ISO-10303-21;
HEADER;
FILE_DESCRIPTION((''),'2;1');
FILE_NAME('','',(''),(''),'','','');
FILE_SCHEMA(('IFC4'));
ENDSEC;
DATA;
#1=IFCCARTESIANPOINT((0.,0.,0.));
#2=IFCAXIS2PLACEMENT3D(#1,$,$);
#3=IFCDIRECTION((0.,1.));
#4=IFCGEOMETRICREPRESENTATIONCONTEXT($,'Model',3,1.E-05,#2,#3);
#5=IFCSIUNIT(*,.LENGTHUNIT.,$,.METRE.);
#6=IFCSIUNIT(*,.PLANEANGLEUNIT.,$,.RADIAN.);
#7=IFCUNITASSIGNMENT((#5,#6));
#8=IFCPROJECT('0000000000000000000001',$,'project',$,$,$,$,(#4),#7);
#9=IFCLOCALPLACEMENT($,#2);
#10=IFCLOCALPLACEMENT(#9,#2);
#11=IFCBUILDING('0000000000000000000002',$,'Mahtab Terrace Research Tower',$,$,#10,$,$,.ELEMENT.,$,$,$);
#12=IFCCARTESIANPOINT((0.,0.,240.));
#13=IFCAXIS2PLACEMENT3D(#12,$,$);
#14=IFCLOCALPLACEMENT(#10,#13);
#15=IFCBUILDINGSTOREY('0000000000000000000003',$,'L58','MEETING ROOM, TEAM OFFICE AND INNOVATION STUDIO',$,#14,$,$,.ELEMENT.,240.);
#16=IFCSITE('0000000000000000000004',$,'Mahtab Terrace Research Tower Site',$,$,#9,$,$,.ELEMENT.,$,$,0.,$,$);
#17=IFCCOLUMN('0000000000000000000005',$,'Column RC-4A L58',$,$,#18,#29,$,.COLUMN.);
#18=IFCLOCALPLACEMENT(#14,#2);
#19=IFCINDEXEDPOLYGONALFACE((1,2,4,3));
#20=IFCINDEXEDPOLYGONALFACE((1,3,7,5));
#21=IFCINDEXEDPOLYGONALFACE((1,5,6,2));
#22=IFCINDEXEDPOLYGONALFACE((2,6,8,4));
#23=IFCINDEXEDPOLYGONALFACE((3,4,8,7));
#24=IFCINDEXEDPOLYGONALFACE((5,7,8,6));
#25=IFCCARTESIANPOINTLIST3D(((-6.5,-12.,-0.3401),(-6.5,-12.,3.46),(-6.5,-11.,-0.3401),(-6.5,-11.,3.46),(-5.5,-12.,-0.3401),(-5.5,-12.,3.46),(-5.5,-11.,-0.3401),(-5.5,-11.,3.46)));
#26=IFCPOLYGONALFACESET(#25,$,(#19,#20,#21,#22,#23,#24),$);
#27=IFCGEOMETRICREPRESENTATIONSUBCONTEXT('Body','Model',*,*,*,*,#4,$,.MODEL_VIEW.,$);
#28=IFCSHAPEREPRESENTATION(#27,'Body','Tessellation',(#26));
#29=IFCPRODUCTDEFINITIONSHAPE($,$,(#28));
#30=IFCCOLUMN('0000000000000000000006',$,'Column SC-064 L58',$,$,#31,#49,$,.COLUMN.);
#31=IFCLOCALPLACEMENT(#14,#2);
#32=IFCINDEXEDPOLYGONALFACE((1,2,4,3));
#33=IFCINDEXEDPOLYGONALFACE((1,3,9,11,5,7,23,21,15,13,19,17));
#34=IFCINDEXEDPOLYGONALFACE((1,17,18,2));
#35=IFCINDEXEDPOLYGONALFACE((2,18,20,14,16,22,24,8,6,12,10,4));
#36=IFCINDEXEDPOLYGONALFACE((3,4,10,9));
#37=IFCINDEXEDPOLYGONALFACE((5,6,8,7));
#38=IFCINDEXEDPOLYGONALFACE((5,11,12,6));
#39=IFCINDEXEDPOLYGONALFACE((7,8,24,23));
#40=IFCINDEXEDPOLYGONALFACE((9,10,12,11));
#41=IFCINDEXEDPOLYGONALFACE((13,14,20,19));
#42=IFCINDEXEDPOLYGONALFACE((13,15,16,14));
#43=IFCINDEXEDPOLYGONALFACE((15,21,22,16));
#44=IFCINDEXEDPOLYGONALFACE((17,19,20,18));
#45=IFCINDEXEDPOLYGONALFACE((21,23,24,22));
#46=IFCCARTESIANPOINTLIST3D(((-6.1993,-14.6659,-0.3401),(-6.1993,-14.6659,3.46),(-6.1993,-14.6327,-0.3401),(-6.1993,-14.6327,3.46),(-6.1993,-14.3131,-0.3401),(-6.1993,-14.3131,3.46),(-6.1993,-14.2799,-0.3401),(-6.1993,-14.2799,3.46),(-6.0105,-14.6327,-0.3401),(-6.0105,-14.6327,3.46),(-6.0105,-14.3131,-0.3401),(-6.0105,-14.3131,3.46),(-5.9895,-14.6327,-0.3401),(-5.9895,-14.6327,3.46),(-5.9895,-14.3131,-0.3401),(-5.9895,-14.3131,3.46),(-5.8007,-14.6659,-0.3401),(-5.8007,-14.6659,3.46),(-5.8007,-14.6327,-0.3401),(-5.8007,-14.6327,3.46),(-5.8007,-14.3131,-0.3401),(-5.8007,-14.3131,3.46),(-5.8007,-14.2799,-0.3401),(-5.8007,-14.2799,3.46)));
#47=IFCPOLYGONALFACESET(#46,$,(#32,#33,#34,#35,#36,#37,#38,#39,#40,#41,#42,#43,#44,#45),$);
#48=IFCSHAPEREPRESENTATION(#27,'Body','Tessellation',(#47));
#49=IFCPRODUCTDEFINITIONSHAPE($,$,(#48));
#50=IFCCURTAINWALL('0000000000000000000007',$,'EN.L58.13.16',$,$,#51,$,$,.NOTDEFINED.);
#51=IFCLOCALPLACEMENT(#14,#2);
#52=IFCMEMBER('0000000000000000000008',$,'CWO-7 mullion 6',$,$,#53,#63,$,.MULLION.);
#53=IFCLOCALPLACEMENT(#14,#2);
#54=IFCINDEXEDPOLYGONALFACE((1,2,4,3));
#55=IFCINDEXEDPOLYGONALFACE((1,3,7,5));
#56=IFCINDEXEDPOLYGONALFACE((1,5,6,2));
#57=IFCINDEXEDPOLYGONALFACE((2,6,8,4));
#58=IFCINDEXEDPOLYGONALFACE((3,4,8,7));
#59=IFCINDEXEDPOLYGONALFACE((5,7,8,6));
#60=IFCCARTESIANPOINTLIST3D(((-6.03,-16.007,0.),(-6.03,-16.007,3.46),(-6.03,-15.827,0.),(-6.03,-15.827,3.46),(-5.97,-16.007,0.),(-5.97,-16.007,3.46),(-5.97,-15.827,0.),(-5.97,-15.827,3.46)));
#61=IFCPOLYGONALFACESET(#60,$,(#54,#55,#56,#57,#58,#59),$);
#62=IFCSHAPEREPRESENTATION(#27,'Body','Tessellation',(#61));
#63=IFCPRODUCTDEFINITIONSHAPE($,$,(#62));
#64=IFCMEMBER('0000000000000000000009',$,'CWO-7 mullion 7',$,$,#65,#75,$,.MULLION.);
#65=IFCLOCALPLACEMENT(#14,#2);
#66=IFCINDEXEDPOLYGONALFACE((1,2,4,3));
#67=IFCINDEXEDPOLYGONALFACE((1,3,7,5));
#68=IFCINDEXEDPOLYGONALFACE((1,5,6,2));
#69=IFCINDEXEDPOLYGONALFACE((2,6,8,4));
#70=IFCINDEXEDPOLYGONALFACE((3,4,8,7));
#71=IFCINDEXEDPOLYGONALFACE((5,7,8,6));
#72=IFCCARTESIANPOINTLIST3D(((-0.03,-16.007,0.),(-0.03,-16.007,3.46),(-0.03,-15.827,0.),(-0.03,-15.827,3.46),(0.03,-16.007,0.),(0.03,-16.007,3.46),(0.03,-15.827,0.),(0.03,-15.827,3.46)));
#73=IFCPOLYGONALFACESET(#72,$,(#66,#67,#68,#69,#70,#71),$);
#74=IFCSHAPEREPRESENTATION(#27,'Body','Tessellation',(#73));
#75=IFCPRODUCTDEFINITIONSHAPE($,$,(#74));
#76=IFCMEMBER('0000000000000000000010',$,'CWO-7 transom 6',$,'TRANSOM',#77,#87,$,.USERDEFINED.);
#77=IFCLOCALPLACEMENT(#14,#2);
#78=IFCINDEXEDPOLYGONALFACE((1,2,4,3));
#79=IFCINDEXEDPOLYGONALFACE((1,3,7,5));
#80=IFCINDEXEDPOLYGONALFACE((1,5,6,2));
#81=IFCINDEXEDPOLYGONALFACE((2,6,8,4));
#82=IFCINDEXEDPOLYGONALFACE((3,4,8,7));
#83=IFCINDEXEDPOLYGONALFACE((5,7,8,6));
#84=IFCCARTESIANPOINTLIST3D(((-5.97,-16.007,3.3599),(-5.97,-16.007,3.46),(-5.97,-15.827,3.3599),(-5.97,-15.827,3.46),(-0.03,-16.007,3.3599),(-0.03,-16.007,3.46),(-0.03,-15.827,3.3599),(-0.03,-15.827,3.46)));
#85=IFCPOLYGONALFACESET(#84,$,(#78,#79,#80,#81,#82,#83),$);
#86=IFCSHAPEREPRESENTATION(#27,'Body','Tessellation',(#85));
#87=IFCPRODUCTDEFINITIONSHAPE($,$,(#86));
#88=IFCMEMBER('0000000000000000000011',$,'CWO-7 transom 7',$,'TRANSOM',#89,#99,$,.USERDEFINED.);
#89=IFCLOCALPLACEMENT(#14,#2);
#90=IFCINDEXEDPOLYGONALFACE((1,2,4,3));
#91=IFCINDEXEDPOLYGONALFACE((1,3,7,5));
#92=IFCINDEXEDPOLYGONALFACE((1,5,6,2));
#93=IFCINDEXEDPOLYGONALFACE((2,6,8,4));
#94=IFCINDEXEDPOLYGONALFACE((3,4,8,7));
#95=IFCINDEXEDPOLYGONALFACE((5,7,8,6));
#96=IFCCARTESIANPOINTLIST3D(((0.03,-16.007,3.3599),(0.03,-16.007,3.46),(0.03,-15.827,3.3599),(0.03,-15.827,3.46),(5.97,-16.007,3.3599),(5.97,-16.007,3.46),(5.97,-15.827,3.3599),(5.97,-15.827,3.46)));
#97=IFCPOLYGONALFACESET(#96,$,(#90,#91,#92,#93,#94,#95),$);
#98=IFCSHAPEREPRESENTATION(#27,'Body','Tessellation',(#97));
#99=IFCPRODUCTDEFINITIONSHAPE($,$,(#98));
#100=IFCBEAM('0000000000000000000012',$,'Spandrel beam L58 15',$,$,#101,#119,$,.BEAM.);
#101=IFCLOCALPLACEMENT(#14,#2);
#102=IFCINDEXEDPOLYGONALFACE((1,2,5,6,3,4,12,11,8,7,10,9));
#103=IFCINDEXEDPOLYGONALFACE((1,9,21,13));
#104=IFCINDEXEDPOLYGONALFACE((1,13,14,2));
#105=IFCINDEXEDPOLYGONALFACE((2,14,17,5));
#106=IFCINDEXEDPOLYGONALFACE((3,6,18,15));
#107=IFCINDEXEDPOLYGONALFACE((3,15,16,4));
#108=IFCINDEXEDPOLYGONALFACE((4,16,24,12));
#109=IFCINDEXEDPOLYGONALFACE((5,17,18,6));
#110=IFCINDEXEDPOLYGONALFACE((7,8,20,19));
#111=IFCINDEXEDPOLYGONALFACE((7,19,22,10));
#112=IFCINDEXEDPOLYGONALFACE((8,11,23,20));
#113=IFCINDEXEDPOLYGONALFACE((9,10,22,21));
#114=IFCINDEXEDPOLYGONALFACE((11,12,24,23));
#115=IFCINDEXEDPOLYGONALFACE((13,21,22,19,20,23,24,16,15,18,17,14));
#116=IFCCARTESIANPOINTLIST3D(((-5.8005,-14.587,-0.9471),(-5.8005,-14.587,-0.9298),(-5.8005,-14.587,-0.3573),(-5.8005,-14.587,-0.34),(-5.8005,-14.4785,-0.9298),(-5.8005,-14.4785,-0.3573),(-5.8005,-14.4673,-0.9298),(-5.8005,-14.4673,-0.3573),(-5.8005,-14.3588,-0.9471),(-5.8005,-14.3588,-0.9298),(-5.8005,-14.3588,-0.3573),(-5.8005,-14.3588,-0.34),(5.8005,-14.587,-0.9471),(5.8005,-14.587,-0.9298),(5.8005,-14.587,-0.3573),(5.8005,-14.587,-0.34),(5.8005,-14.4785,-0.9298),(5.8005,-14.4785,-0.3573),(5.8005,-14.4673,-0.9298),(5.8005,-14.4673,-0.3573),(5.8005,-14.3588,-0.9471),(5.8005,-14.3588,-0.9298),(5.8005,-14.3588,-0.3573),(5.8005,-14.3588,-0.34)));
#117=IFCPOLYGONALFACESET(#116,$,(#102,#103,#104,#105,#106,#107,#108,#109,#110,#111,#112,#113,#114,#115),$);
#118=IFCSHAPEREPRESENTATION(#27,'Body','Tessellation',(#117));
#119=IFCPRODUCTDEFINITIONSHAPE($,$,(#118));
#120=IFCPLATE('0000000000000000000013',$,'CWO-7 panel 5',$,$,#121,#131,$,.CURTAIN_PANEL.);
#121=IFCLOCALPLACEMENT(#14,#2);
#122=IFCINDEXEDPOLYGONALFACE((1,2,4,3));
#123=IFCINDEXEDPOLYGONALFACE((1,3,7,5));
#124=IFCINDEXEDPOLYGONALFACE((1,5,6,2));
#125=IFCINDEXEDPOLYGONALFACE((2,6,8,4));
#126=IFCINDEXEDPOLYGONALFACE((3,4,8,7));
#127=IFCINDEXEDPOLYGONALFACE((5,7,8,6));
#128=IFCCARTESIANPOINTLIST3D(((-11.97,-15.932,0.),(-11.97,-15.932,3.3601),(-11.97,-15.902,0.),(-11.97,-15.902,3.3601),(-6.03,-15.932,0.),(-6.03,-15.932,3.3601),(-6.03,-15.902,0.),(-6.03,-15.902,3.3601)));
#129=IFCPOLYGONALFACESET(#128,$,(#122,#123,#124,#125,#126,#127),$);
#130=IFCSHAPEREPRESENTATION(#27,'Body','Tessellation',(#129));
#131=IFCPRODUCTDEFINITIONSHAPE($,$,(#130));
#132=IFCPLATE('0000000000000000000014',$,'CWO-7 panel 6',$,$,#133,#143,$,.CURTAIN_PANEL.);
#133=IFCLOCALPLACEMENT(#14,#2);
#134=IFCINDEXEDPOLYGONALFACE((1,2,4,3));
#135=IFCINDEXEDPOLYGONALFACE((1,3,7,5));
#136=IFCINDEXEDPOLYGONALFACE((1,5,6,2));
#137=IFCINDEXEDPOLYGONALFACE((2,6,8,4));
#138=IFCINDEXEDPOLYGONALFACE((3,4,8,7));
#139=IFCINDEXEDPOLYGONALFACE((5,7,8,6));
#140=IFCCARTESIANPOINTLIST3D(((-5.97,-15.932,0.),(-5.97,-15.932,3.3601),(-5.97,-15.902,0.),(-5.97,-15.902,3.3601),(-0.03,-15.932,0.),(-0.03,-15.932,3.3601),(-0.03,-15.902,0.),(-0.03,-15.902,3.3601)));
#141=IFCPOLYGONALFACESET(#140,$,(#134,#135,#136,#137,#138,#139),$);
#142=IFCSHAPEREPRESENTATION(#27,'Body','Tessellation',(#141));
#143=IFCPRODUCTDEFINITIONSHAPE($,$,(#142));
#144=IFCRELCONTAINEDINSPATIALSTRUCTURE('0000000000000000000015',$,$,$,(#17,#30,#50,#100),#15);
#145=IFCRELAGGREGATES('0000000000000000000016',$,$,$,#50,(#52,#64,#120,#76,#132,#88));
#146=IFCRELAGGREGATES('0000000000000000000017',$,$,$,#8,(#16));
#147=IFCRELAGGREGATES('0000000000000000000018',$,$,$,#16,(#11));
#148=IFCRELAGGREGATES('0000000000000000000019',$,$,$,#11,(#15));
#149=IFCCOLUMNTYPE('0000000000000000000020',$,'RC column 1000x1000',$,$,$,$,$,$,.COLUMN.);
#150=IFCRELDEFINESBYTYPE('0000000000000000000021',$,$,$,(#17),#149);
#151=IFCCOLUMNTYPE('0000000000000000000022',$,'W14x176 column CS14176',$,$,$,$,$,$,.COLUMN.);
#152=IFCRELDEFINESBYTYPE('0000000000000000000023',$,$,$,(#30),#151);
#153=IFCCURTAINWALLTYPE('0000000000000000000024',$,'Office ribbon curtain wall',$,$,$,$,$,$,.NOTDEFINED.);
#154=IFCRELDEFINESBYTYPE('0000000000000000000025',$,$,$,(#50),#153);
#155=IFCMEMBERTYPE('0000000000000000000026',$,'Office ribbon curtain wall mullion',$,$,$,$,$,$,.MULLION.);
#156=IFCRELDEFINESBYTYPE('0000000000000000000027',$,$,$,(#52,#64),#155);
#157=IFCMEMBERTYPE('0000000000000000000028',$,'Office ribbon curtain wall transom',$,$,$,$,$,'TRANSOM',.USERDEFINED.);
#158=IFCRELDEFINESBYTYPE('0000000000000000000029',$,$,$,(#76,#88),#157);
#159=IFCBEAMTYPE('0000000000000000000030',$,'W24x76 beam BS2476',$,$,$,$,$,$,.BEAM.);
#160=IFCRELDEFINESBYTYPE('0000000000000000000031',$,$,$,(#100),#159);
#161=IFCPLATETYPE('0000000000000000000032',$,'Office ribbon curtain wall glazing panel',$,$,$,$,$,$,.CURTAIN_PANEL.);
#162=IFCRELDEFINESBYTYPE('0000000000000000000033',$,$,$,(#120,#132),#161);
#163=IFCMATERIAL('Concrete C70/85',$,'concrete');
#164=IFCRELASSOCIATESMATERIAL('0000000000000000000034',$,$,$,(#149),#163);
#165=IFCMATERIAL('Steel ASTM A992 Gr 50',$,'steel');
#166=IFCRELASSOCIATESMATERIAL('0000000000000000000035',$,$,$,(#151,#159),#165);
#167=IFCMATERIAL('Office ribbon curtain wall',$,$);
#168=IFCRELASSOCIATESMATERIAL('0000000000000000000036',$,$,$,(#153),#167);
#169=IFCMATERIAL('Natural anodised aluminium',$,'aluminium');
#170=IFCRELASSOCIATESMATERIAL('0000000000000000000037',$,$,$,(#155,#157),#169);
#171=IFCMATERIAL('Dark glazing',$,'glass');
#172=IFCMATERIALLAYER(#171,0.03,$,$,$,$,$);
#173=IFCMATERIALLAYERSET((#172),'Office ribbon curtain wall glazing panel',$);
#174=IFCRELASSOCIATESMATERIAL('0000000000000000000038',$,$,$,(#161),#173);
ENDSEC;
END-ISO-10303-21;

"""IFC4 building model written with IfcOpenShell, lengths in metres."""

from ifc_helpers import new_model, si_unit, direction, frame, origin, origin_2d, place, context, subcontext, project, spatial, rectangle, i_section, extrude, material, layer, layer_set, material_profile, profile_set, type_object, element, aggregate, save


model = new_model("IFC4")

# Units and contexts
model_context = context("Model", 3, precision=1e-05, world=origin(), true_north=direction((0.0, 1.0)))
body_context = subcontext(model_context, "Body", "Model", "MODEL_VIEW")
ifc_project = project(units=[si_unit("LENGTHUNIT", "METRE"), si_unit("PLANEANGLEUNIT", "RADIAN")], contexts=[model_context])

# Site, building, storey
site_placement = place(None, origin())
site = spatial("IfcSite", under=ifc_project, at=site_placement, Name="Mahtab Terrace Research Tower Site", CompositionType="ELEMENT", RefElevation=0.0)
building_placement = place(site_placement, origin())
building = spatial("IfcBuilding", under=site, at=building_placement, Name="Mahtab Terrace Research Tower", CompositionType="ELEMENT")
storey_placement = place(building_placement, frame((0.0, 0.0, 240.0)))
storey = spatial("IfcBuildingStorey", under=building, at=storey_placement, Name="L58", Description="MEETING ROOM, TEAM OFFICE AND INNOVATION STUDIO", CompositionType="ELEMENT", Elevation=240.0)

# Columns
ifc_material_1 = material(Name="Concrete C70/85", Category="concrete")
ifc_material_profile_1 = material_profile(ifc_material_1, rectangle(XDim=1.0, YDim=1.0, at=origin_2d()), Name="RC column 1000x1000")
ifc_profile_set_1 = profile_set([ifc_material_profile_1], Name="Concrete C70/85")
column_type_1 = type_object("IfcColumnType", Name="RC column 1000x1000", PredefinedType="COLUMN", material=ifc_profile_set_1)
column_1_placement = place(storey_placement, frame((-6.0, -11.5, -0.3401), z_axis=(0.0, 0.0, 1.0), x_axis=(1.0, 0.0, 0.0)))
element("IfcColumn", 1, at=column_1_placement, inside=storey, type_object=column_type_1, Name="Column RC-4A L58", PredefinedType="COLUMN", context=body_context, shape_type="SweptSolid", body=[
    extrude(rectangle(XDim=1.0, YDim=1.0, at=origin_2d()), origin(), (0.0, 0.0, 1.0), 3.8),
])
ifc_material_2 = material(Name="Steel ASTM A992 Gr 50", Category="steel")
ifc_material_profile_2 = material_profile(ifc_material_2, i_section(OverallWidth=0.3987, OverallDepth=0.386, WebThickness=0.021, FlangeThickness=0.0332, at=origin_2d()), Name="W14X176")
ifc_profile_set_2 = profile_set([ifc_material_profile_2], Name="Steel ASTM A992 Gr 50")
column_type_2 = type_object("IfcColumnType", Name="W14x176 column CS14176", PredefinedType="COLUMN", material=ifc_profile_set_2)
column_2_placement = place(storey_placement, frame((-6.0, -14.4729, -0.3401), z_axis=(0.0, 0.0, 1.0), x_axis=(1.0, 0.0, 0.0)))
element("IfcColumn", 2, at=column_2_placement, inside=storey, type_object=column_type_2, Name="Column SC-064 L58", PredefinedType="COLUMN", context=body_context, shape_type="SweptSolid", body=[
    extrude(i_section(OverallWidth=0.3987, OverallDepth=0.386, WebThickness=0.021, FlangeThickness=0.0332, at=origin_2d()), origin(), (0.0, 0.0, 1.0), 3.8),
])

# Curtain wall, members
ifc_material_3 = material(Name="Office ribbon curtain wall")
curtain_wall_type = type_object("IfcCurtainWallType", Name="Office ribbon curtain wall", PredefinedType="NOTDEFINED", material=ifc_material_3)
curtain_wall_placement = place(storey_placement, origin())
curtain_wall = element("IfcCurtainWall", 3, at=curtain_wall_placement, inside=storey, type_object=curtain_wall_type, Name="EN.L58.13.16", PredefinedType="NOTDEFINED")
ifc_material_4 = material(Name="Natural anodised aluminium", Category="aluminium")
ifc_material_profile_3 = material_profile(ifc_material_4, rectangle(XDim=0.1799, YDim=0.0601, at=origin_2d()), Name="MULLION 60x180")
ifc_profile_set_3 = profile_set([ifc_material_profile_3], Name="Natural anodised aluminium")
member_type_1 = type_object("IfcMemberType", Name="Office ribbon curtain wall mullion", PredefinedType="MULLION", material=ifc_profile_set_3)
member_1_placement = place(storey_placement, frame((-6.0, -15.917, 0.0), z_axis=(0.0, 0.0, 1.0), x_axis=(0.0, 1.0, 0.0)))
member_1 = element("IfcMember", 4, at=member_1_placement, type_object=member_type_1, Name="CWO-7 mullion 6", PredefinedType="MULLION", context=body_context, shape_type="SweptSolid", body=[
    extrude(rectangle(XDim=0.1799, YDim=0.0601, at=origin_2d()), origin(), (0.0, 0.0, 1.0), 3.46),
])
member_2_placement = place(storey_placement, frame((0.0, -15.917, 0.0), z_axis=(0.0, 0.0, 1.0), x_axis=(0.0, 1.0, 0.0)))
member_2 = element("IfcMember", 5, at=member_2_placement, type_object=member_type_1, Name="CWO-7 mullion 7", PredefinedType="MULLION", context=body_context, shape_type="SweptSolid", body=[
    extrude(rectangle(XDim=0.1799, YDim=0.0601, at=origin_2d()), origin(), (0.0, 0.0, 1.0), 3.46),
])
ifc_material_profile_4 = material_profile(ifc_material_4, rectangle(XDim=0.1799, YDim=0.1001, at=origin_2d()), Name="TRANSOM 100x180")
ifc_profile_set_4 = profile_set([ifc_material_profile_4], Name="Natural anodised aluminium")
member_type_2 = type_object("IfcMemberType", Name="Office ribbon curtain wall transom", ElementType="TRANSOM", PredefinedType="USERDEFINED", material=ifc_profile_set_4)
member_3_placement = place(storey_placement, frame((-5.97, -15.917, 3.4099), z_axis=(1.0, 0.0, 0.0), x_axis=(0.0, 1.0, 0.0)))
member_3 = element("IfcMember", 6, at=member_3_placement, type_object=member_type_2, Name="CWO-7 transom 6", ObjectType="TRANSOM", PredefinedType="USERDEFINED", context=body_context, shape_type="SweptSolid", body=[
    extrude(rectangle(XDim=0.1799, YDim=0.1001, at=origin_2d()), origin(), (0.0, 0.0, 1.0), 5.9399),
])
member_4_placement = place(storey_placement, frame((0.03, -15.917, 3.4099), z_axis=(1.0, 0.0, 0.0), x_axis=(0.0, 1.0, 0.0)))
member_4 = element("IfcMember", 7, at=member_4_placement, type_object=member_type_2, Name="CWO-7 transom 7", ObjectType="TRANSOM", PredefinedType="USERDEFINED", context=body_context, shape_type="SweptSolid", body=[
    extrude(rectangle(XDim=0.1799, YDim=0.1001, at=origin_2d()), origin(), (0.0, 0.0, 1.0), 5.9399),
])

# Beam
ifc_material_profile_5 = material_profile(ifc_material_2, i_section(OverallWidth=0.2283, OverallDepth=0.6072, WebThickness=0.0112, FlangeThickness=0.0173, at=origin_2d()), Name="W24X76")
ifc_profile_set_5 = profile_set([ifc_material_profile_5], Name="Steel ASTM A992 Gr 50")
beam_type = type_object("IfcBeamType", Name="W24x76 beam BS2476", PredefinedType="BEAM", material=ifc_profile_set_5)
beam_placement = place(storey_placement, frame((-5.8005, -14.4729, -0.6436), z_axis=(1.0, 0.0, 0.0), x_axis=(0.0, 1.0, 0.0)))
element("IfcBeam", 8, at=beam_placement, inside=storey, type_object=beam_type, Name="Spandrel beam L58 15", PredefinedType="BEAM", context=body_context, shape_type="SweptSolid", body=[
    extrude(i_section(OverallWidth=0.2283, OverallDepth=0.6072, WebThickness=0.0112, FlangeThickness=0.0173, at=origin_2d()), origin(), (0.0, 0.0, 1.0), 11.6011),
])

# Plates
ifc_material_5 = material(Name="Dark glazing", Category="glass")
ifc_layer_1 = layer(ifc_material_5, 0.03)
ifc_layer_set_1 = layer_set([ifc_layer_1], Name="Office ribbon curtain wall glazing panel")
plate_type = type_object("IfcPlateType", Name="Office ribbon curtain wall glazing panel", PredefinedType="CURTAIN_PANEL", material=ifc_layer_set_1)
plate_1_placement = place(storey_placement, frame((-9.0, -15.917, 0.0), z_axis=(0.0, 0.0, 1.0), x_axis=(1.0, 0.0, 0.0)))
plate_1 = element("IfcPlate", 9, at=plate_1_placement, type_object=plate_type, Name="CWO-7 panel 5", PredefinedType="CURTAIN_PANEL", context=body_context, shape_type="SweptSolid", body=[
    extrude(rectangle(XDim=5.9399, YDim=0.03, at=origin_2d()), origin(), (0.0, 0.0, 1.0), 3.3601),
])
plate_2_placement = place(storey_placement, frame((-3.0, -15.917, 0.0), z_axis=(0.0, 0.0, 1.0), x_axis=(1.0, 0.0, 0.0)))
plate_2 = element("IfcPlate", 10, at=plate_2_placement, type_object=plate_type, Name="CWO-7 panel 6", PredefinedType="CURTAIN_PANEL", context=body_context, shape_type="SweptSolid", body=[
    extrude(rectangle(XDim=5.9399, YDim=0.03, at=origin_2d()), origin(), (0.0, 0.0, 1.0), 3.3601),
])
aggregate(curtain_wall, [member_1, member_2, plate_1, member_3, plate_2, member_4])

save(model, "model.ifc")
